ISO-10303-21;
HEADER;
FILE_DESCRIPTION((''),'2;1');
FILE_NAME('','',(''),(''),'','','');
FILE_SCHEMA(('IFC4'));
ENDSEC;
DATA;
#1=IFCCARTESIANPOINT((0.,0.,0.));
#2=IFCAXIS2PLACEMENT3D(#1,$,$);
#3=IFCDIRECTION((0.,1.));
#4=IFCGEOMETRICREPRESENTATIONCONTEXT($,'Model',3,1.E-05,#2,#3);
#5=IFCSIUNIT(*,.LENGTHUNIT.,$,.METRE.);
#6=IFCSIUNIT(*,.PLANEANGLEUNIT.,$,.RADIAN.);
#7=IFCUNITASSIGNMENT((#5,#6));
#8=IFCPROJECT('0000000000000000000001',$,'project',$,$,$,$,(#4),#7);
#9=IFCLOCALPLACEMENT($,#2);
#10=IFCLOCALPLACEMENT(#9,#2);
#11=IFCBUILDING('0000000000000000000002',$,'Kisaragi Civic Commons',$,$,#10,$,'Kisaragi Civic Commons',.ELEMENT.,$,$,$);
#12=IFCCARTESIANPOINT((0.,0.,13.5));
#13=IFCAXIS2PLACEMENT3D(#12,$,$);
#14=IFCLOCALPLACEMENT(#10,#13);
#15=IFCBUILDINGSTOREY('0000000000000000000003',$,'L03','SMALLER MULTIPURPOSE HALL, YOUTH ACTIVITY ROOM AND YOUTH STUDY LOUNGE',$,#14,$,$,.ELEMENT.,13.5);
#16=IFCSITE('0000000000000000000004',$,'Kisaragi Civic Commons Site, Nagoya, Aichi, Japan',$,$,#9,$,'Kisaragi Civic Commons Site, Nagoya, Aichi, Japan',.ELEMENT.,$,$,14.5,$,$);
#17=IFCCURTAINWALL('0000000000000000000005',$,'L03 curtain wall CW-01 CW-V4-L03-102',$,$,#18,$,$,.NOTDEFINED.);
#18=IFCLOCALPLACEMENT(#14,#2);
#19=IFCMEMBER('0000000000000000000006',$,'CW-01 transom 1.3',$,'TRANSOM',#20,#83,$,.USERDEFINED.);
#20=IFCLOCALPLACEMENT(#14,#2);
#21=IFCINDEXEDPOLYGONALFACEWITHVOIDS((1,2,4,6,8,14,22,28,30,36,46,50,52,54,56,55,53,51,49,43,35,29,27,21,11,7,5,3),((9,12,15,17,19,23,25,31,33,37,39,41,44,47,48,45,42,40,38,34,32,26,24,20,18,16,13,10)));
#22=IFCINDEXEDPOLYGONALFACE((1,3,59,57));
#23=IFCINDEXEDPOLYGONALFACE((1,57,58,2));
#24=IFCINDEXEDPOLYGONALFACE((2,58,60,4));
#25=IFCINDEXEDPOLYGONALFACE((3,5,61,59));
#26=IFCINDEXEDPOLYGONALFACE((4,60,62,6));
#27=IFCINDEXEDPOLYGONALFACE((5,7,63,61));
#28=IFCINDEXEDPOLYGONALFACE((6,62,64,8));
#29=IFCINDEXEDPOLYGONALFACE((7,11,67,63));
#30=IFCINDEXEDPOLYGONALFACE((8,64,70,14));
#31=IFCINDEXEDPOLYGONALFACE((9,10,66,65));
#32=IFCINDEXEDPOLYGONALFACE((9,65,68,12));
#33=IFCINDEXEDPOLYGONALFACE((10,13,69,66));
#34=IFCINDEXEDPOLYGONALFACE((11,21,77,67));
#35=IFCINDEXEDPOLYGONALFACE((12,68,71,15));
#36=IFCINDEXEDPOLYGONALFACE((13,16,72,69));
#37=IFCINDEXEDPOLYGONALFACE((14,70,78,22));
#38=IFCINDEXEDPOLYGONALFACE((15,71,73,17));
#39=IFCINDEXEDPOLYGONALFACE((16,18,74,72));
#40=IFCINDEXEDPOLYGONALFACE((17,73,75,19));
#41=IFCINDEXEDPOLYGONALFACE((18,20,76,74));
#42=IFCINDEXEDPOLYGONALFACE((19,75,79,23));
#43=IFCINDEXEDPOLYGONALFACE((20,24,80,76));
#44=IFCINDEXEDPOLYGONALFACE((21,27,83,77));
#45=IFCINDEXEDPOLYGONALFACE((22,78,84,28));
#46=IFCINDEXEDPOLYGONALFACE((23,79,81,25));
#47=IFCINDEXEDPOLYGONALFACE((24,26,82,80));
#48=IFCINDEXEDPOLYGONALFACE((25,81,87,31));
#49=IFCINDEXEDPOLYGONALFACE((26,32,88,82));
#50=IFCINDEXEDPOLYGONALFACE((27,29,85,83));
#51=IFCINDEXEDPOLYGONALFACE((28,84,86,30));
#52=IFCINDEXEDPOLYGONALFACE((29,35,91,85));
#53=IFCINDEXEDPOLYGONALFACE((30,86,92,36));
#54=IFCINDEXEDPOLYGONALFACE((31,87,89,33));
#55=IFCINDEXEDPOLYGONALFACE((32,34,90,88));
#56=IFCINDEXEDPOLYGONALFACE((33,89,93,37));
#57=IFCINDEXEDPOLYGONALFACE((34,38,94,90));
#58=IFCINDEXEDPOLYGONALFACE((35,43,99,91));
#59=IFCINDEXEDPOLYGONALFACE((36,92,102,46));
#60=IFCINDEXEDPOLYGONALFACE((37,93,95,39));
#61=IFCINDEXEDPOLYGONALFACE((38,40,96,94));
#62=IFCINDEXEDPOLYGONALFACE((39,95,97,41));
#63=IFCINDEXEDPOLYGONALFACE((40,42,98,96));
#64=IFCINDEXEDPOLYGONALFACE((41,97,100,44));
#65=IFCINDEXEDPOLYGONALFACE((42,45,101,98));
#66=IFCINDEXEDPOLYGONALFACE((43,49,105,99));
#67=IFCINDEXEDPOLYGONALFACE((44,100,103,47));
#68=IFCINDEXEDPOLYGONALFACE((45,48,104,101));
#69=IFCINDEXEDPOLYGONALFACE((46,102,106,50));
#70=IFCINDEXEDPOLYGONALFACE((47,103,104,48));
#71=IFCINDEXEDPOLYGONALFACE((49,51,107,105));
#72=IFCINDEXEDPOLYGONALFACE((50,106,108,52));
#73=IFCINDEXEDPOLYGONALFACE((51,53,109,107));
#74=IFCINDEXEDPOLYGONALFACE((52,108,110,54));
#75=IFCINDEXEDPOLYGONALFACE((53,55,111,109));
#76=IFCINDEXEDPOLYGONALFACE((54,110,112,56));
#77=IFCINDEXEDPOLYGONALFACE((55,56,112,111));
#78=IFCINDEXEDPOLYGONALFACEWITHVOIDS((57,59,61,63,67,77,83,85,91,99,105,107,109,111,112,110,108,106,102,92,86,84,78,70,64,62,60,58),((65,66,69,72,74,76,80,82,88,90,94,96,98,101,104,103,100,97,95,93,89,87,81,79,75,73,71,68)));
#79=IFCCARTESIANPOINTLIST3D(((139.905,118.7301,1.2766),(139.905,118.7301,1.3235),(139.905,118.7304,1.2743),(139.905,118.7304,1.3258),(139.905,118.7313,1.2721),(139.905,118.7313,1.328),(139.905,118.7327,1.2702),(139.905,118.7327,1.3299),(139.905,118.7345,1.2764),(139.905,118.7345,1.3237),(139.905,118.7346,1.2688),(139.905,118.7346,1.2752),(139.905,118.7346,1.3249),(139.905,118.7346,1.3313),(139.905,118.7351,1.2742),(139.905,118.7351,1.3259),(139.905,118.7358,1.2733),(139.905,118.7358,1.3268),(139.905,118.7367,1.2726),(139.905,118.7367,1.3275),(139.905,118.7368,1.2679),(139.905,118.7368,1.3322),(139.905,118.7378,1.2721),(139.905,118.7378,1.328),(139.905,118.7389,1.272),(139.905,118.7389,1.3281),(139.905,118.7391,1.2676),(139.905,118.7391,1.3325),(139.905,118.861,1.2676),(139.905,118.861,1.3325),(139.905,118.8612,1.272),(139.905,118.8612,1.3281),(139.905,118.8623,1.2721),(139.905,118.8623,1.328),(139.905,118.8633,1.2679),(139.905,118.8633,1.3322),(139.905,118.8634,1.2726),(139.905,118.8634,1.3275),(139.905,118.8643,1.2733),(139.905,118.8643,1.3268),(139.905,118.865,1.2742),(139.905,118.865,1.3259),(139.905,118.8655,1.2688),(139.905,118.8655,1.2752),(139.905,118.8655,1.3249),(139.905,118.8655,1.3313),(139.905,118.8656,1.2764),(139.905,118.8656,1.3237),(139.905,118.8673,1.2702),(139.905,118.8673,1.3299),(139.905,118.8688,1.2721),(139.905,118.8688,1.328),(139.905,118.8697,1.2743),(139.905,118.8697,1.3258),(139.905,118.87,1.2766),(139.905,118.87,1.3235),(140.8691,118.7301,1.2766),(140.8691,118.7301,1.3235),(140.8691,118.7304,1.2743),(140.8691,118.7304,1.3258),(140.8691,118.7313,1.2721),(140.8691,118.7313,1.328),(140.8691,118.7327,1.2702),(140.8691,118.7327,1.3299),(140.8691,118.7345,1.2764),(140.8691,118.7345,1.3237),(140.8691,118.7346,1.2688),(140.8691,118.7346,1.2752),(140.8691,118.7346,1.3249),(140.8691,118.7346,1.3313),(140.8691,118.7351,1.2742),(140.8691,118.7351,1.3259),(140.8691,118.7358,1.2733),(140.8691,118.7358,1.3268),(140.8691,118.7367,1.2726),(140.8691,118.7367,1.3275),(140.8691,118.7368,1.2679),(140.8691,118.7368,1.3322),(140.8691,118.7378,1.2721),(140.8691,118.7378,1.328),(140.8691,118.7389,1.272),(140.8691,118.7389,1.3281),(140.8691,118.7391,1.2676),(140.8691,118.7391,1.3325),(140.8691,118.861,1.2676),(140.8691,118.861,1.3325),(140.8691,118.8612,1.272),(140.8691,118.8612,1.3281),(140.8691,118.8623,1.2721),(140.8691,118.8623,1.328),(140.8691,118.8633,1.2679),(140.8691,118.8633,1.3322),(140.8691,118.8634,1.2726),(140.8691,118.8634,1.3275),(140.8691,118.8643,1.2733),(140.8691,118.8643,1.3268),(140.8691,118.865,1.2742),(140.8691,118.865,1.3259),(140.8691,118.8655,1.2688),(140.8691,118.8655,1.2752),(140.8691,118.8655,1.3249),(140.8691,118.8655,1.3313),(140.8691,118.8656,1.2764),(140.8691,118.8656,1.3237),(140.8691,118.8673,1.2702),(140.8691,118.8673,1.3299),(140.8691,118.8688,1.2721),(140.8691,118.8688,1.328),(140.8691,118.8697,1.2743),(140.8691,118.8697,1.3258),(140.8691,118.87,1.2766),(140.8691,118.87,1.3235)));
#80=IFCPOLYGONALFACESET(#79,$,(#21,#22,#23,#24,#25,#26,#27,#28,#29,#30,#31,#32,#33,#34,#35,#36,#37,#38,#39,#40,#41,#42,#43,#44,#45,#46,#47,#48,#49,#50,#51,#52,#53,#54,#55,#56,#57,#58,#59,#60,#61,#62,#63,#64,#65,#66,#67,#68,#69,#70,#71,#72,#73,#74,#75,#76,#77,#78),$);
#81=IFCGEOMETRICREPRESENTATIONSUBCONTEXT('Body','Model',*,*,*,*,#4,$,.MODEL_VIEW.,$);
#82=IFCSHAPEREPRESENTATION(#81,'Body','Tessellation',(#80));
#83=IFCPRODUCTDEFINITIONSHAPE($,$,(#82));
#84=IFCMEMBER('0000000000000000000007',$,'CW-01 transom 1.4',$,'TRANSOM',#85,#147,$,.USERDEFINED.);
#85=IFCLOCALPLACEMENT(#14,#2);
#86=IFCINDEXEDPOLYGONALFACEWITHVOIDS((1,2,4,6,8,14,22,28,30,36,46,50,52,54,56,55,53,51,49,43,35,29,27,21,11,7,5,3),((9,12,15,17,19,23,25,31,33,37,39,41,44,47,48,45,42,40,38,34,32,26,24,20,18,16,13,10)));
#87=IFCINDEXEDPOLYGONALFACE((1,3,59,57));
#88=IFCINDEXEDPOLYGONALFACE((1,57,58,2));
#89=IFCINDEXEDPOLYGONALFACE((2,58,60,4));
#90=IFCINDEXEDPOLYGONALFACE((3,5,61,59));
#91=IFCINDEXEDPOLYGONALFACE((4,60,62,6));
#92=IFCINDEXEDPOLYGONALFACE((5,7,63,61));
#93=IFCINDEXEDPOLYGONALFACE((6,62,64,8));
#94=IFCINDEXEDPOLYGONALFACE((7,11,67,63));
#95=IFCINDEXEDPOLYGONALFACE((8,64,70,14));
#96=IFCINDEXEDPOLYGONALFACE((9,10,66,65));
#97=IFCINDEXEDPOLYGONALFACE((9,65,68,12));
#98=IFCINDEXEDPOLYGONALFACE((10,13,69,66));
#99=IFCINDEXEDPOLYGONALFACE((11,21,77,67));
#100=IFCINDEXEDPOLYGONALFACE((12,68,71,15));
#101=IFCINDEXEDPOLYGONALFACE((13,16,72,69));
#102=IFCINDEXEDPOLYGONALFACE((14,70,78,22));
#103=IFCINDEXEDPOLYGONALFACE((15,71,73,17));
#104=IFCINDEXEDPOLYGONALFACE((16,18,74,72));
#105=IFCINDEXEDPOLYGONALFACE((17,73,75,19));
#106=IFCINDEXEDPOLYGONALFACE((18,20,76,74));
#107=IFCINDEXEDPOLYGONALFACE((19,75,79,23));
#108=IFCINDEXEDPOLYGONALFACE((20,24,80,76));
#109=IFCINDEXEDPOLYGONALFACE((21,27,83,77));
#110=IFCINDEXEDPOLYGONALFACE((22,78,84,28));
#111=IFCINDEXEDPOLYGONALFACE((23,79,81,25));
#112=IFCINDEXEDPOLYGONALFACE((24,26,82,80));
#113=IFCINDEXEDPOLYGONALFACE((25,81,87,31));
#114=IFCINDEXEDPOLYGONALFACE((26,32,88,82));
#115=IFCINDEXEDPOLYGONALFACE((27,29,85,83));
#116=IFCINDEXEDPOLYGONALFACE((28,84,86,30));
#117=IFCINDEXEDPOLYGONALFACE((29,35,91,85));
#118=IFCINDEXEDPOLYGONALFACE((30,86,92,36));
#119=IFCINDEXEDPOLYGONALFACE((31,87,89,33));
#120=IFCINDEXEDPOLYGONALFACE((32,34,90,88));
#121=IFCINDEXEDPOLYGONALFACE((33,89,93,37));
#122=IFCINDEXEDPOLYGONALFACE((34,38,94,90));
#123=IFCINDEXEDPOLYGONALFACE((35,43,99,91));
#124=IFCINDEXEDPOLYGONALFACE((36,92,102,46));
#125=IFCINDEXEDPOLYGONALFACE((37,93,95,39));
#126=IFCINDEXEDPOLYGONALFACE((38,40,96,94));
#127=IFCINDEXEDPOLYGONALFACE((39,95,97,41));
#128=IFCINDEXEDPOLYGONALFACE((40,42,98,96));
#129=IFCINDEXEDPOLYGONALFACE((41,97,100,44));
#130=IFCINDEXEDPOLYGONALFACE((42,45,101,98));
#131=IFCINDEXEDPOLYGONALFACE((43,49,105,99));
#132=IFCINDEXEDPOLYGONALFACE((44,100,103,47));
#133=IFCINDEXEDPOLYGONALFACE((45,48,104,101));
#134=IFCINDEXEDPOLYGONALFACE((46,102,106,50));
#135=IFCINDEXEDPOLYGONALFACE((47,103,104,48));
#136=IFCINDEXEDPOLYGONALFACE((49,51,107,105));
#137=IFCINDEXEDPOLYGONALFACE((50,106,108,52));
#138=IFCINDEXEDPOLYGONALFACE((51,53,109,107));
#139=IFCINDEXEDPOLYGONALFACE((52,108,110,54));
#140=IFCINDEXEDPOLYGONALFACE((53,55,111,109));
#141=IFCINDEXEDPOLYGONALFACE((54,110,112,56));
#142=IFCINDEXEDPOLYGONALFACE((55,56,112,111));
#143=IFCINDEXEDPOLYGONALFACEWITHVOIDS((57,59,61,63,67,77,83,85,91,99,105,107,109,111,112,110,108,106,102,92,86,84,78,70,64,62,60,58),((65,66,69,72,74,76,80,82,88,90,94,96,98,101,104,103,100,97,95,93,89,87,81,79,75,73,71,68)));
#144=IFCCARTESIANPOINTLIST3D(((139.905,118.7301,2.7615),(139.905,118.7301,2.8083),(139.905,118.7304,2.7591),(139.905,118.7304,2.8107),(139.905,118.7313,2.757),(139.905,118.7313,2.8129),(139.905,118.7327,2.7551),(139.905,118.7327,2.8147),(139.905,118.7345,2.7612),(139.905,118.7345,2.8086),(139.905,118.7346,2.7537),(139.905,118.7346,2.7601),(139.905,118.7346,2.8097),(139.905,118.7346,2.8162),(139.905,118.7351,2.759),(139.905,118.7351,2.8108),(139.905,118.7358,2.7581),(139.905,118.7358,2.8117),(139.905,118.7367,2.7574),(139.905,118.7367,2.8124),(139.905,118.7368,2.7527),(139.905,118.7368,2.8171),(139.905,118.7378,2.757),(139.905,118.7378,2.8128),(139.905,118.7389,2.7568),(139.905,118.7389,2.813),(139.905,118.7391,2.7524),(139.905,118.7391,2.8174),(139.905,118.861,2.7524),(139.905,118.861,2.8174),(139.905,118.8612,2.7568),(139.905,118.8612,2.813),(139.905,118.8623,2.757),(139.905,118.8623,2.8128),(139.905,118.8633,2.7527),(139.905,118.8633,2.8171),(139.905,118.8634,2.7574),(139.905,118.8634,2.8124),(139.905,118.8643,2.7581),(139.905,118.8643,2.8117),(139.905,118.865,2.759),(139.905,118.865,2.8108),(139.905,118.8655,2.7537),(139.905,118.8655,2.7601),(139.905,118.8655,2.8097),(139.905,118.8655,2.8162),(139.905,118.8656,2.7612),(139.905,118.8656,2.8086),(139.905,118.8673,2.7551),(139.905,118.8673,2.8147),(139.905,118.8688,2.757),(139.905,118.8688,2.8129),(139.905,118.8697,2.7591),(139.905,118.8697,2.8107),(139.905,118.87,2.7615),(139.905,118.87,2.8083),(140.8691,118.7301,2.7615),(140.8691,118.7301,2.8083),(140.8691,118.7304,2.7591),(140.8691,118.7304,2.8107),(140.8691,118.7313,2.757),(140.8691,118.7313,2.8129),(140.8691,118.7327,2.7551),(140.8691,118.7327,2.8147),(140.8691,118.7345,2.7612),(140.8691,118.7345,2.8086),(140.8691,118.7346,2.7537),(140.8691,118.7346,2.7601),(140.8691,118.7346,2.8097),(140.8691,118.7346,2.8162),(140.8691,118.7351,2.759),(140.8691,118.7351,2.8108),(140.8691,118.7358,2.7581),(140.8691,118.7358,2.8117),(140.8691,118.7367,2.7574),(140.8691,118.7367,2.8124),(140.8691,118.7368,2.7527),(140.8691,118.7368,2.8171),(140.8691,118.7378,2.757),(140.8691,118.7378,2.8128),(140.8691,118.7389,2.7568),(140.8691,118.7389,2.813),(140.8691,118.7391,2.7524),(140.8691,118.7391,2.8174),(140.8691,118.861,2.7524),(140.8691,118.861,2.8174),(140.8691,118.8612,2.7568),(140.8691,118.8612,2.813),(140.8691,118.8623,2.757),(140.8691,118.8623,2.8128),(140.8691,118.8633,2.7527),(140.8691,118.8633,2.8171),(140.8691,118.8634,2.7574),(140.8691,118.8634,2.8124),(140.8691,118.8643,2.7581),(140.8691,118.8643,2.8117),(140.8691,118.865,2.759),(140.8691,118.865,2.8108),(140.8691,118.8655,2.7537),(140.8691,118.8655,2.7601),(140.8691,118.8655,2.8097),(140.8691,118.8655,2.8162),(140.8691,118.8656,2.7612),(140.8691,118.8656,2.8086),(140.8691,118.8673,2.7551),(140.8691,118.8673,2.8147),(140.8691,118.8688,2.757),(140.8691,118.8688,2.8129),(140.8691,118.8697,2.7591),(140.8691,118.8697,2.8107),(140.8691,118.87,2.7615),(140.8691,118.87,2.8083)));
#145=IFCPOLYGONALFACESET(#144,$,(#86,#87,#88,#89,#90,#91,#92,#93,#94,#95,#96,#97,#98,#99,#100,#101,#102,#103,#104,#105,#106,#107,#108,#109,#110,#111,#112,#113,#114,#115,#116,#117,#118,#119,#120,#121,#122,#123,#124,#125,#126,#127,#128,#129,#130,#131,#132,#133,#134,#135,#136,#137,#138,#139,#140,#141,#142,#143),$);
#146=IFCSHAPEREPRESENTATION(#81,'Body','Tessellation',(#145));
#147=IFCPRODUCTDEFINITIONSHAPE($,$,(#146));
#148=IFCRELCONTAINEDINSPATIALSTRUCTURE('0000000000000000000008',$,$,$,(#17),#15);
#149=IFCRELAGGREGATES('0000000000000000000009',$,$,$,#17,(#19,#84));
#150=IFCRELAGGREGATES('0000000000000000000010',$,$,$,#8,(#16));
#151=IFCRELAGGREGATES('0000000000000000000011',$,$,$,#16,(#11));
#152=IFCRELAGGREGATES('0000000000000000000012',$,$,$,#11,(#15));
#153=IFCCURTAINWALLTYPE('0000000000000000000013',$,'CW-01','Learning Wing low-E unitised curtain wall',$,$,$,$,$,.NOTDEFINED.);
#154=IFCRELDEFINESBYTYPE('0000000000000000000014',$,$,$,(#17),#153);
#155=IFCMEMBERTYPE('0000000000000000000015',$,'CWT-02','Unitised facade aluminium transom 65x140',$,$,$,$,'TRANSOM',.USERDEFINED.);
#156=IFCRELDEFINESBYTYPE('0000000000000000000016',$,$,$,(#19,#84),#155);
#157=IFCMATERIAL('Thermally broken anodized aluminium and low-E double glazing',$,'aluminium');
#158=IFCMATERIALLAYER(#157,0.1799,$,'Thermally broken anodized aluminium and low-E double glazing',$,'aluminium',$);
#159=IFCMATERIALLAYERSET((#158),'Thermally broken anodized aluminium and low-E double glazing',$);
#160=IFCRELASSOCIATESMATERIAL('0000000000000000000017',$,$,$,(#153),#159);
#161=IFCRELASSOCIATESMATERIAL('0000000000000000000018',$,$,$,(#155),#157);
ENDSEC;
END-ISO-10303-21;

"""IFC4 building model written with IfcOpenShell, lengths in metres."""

from ifc_helpers import new_model, si_unit, direction, frame, origin, origin_2d, place, context, subcontext, project, spatial, hollow_rectangle, extrude, material, layer, layer_set, material_profile, profile_set, type_object, element, aggregate, save


model = new_model("IFC4")

# Units and contexts
model_context = context("Model", 3, precision=1e-05, world=origin(), true_north=direction((0.0, 1.0)))
body_context = subcontext(model_context, "Body", "Model", "MODEL_VIEW")
ifc_project = project(units=[si_unit("LENGTHUNIT", "METRE"), si_unit("PLANEANGLEUNIT", "RADIAN")], contexts=[model_context])

# Site, building, storey
site_placement = place(None, origin())
site = spatial("IfcSite", under=ifc_project, at=site_placement, Name="Kisaragi Civic Commons Site, Nagoya, Aichi, Japan", LongName="Kisaragi Civic Commons Site, Nagoya, Aichi, Japan", CompositionType="ELEMENT", RefElevation=14.5)
building_placement = place(site_placement, origin())
building = spatial("IfcBuilding", under=site, at=building_placement, Name="Kisaragi Civic Commons", LongName="Kisaragi Civic Commons", CompositionType="ELEMENT")
storey_placement = place(building_placement, frame((0.0, 0.0, 13.5)))
storey = spatial("IfcBuildingStorey", under=building, at=storey_placement, Name="L03", Description="SMALLER MULTIPURPOSE HALL, YOUTH ACTIVITY ROOM AND YOUTH STUDY LOUNGE", CompositionType="ELEMENT", Elevation=13.5)

# Shared definitions
ifc_material = material(Name="Thermally broken anodized aluminium and low-E double glazing", Category="aluminium")
ifc_layer_1 = layer(ifc_material, 0.1799, Name="Thermally broken anodized aluminium and low-E double glazing", Category="aluminium")
ifc_layer_set_1 = layer_set([ifc_layer_1], Name="Thermally broken anodized aluminium and low-E double glazing")
curtain_wall_type = type_object("IfcCurtainWallType", Name="CW-01", Description="Learning Wing low-E unitised curtain wall", PredefinedType="NOTDEFINED", material=ifc_layer_set_1)

# Curtain wall, members
curtain_wall_1_placement = place(storey_placement, origin())
curtain_wall_1 = element("IfcCurtainWall", 1, at=curtain_wall_1_placement, inside=storey, type_object=curtain_wall_type, Name="L03 curtain wall CW-01 CW-V4-L03-102", PredefinedType="NOTDEFINED")
ifc_material_profile_1 = material_profile(ifc_material, hollow_rectangle(XDim=0.1399, YDim=0.0649, WallThickness=0.0044, InnerFilletRadius=0.0044, OuterFilletRadius=0.009, at=origin_2d()), Name="CWT-65x140x4.5", Category="aluminium")
ifc_profile_set_1 = profile_set([ifc_material_profile_1], Name="Thermally broken anodized aluminium and low-E double glazing")
member_type_1 = type_object("IfcMemberType", Name="CWT-02", Description="Unitised facade aluminium transom 65x140", ElementType="TRANSOM", PredefinedType="USERDEFINED", material=ifc_profile_set_1)
member_1_placement = place(storey_placement, frame((139.905, 118.8, 1.3), z_axis=(1.0, 0.0, 0.0), x_axis=(0.0, 1.0, 0.0)))
member_1 = element("IfcMember", 2, at=member_1_placement, type_object=member_type_1, Name="CW-01 transom 1.3", ObjectType="TRANSOM", PredefinedType="USERDEFINED", context=body_context, shape_type="SweptSolid", body=[
    extrude(hollow_rectangle(XDim=0.1399, YDim=0.0649, WallThickness=0.0044, InnerFilletRadius=0.0044, OuterFilletRadius=0.009, at=origin_2d()), origin(), (0.0, 0.0, 1.0), 0.9641),
])
member_2_placement = place(storey_placement, frame((139.905, 118.8, 2.7849), z_axis=(1.0, 0.0, 0.0), x_axis=(0.0, 1.0, 0.0)))
member_2 = element("IfcMember", 3, at=member_2_placement, type_object=member_type_1, Name="CW-01 transom 1.4", ObjectType="TRANSOM", PredefinedType="USERDEFINED", context=body_context, shape_type="SweptSolid", body=[
    extrude(hollow_rectangle(XDim=0.1399, YDim=0.0649, WallThickness=0.0044, InnerFilletRadius=0.0044, OuterFilletRadius=0.009, at=origin_2d()), origin(), (0.0, 0.0, 1.0), 0.9641),
])

aggregate(curtain_wall_1, [member_1, member_2])

save(model, "model.ifc")
